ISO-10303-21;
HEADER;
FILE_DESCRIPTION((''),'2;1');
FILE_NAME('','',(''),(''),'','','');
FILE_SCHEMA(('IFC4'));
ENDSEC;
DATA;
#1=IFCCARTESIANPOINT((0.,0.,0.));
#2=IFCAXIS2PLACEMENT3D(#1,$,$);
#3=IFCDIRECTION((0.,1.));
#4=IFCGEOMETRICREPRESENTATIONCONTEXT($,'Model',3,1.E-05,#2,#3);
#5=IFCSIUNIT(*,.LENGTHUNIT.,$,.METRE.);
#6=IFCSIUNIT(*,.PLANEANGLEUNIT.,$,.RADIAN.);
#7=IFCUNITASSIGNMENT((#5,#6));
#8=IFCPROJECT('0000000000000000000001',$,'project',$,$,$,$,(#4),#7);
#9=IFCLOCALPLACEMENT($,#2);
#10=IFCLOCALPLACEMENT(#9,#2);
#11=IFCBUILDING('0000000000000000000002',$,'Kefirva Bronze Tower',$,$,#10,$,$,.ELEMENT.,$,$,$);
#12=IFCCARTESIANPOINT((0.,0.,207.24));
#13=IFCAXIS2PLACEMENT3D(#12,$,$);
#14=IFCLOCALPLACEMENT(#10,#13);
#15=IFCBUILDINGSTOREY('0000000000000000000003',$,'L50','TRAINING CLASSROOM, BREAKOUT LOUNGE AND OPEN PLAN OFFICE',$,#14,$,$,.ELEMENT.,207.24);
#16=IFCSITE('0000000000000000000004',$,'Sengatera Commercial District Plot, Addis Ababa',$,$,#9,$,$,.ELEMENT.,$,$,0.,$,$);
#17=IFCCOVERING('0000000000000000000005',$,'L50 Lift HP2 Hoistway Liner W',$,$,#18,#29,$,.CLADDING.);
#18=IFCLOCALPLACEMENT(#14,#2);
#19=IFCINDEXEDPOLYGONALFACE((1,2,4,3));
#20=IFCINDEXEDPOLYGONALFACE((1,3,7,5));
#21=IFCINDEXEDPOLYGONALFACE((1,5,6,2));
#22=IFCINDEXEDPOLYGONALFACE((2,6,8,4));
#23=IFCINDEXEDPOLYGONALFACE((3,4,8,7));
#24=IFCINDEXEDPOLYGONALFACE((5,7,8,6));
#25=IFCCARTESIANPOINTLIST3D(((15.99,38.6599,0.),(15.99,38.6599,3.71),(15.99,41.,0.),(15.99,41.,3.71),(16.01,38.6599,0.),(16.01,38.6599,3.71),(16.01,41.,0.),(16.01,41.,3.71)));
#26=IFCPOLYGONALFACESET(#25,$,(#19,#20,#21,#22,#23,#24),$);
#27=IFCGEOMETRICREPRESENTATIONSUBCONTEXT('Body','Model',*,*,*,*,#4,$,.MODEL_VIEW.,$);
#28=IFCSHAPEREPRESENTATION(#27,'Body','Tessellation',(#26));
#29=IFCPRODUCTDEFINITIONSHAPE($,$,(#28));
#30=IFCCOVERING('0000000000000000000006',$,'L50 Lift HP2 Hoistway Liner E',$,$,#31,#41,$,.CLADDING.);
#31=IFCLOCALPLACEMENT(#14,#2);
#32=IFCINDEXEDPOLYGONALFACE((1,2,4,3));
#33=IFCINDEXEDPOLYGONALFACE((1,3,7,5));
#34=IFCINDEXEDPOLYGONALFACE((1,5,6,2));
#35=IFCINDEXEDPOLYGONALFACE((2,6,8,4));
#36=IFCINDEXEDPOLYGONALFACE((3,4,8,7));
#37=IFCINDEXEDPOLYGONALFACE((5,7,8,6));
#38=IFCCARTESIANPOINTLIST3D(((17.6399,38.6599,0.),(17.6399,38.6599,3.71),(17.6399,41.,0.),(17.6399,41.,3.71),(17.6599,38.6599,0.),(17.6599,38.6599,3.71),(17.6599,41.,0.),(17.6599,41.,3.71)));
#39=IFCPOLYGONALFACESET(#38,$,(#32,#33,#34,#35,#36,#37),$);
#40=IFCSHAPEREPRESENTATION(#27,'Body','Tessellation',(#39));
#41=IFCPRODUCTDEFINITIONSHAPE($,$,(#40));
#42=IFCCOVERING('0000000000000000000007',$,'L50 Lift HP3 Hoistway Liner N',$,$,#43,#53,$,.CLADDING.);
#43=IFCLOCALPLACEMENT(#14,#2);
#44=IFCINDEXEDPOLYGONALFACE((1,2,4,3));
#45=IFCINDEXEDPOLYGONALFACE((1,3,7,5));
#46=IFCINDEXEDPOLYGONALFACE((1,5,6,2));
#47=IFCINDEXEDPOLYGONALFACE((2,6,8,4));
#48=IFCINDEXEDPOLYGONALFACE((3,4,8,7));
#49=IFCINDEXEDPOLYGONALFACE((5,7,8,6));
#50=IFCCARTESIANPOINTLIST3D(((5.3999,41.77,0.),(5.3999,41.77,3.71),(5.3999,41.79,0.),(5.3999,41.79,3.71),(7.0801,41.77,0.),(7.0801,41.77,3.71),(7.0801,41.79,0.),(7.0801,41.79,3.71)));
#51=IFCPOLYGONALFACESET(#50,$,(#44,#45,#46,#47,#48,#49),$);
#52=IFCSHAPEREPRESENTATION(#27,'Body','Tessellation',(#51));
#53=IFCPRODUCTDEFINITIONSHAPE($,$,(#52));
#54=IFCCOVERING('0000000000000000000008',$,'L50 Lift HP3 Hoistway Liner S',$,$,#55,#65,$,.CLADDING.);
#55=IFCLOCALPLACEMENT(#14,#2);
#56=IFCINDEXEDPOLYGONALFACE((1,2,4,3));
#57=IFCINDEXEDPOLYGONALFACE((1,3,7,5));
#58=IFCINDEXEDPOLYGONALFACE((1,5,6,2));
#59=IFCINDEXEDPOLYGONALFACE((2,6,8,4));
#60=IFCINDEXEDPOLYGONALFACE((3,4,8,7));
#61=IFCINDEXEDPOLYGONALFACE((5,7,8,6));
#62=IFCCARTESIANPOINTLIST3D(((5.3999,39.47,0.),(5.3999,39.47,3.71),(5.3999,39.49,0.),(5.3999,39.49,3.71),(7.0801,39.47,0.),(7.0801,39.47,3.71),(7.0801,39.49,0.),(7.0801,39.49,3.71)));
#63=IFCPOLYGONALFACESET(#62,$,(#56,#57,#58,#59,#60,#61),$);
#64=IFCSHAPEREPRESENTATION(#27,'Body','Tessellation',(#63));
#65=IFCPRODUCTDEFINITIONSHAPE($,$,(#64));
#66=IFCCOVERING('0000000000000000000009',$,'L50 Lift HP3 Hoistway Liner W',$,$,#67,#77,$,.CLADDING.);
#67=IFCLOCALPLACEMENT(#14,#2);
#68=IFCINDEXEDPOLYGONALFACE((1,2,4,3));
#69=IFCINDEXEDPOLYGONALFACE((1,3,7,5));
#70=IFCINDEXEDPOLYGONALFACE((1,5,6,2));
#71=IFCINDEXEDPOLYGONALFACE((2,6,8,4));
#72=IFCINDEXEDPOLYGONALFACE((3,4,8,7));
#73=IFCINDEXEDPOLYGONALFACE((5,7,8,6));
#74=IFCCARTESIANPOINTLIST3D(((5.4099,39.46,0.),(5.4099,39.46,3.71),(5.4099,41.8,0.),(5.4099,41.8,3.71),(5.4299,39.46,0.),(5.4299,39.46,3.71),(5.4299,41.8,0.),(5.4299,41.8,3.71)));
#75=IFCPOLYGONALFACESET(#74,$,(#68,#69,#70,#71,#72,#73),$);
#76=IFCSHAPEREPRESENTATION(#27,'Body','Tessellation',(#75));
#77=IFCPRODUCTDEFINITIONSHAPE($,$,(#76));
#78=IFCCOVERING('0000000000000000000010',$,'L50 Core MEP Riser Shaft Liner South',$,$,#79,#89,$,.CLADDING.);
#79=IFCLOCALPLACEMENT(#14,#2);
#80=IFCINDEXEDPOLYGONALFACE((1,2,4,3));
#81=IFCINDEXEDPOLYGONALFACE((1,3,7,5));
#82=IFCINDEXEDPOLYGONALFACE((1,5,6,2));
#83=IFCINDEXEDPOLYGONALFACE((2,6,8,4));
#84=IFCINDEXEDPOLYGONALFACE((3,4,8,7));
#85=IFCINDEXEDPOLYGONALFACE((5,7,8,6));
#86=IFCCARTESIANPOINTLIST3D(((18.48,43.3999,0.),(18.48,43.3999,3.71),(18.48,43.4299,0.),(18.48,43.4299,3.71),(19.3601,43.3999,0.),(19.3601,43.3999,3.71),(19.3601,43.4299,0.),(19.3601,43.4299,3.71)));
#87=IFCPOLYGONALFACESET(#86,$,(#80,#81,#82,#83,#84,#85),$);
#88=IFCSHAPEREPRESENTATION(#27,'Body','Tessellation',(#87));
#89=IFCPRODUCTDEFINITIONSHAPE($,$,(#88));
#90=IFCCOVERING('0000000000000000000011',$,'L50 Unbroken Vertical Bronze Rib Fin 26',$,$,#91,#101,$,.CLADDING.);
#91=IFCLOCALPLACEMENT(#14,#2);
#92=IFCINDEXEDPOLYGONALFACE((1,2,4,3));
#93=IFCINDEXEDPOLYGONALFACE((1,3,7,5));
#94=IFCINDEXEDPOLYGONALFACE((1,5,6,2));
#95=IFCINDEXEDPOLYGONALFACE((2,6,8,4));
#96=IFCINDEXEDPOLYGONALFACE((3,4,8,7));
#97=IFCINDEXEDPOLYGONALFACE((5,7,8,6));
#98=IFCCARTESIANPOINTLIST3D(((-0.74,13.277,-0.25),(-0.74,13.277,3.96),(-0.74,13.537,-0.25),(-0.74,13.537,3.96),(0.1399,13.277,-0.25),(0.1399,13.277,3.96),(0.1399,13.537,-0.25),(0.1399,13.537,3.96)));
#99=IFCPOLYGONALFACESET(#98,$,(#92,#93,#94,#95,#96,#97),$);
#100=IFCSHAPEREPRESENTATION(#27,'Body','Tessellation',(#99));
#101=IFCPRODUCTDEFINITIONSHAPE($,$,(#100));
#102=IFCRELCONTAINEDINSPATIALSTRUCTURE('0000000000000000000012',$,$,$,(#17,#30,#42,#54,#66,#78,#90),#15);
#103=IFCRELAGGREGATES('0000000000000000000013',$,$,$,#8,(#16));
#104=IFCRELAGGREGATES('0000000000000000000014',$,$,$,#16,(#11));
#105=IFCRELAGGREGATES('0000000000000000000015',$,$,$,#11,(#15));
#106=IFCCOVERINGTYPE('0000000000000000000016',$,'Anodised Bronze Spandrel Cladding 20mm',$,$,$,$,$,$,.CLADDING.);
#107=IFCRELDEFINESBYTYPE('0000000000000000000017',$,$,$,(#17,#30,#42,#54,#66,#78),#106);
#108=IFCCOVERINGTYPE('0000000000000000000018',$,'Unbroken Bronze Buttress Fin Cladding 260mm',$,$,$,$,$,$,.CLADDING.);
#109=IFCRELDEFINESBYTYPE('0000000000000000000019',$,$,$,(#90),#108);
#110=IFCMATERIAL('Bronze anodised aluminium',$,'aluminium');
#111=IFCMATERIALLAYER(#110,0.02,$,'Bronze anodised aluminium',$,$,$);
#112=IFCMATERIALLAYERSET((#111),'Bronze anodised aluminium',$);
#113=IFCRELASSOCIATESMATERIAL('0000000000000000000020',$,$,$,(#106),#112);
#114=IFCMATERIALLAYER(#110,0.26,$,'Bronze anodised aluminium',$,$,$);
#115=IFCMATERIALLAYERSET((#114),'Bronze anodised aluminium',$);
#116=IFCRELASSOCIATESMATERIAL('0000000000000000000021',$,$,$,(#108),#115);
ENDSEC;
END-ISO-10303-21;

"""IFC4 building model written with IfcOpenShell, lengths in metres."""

from ifc_helpers import new_model, si_unit, direction, frame, origin, origin_2d, place, context, subcontext, project, spatial, polyline, rectangle, outline, extrude, material, layer, layer_set, type_object, element, save


model = new_model("IFC4")

# Units and contexts
model_context = context("Model", 3, precision=1e-05, world=origin(), true_north=direction((0.0, 1.0)))
body_context = subcontext(model_context, "Body", "Model", "MODEL_VIEW")
ifc_project = project(units=[si_unit("LENGTHUNIT", "METRE"), si_unit("PLANEANGLEUNIT", "RADIAN")], contexts=[model_context])

# Site, building, storey
site_placement = place(None, origin())
site = spatial("IfcSite", under=ifc_project, at=site_placement, Name="Sengatera Commercial District Plot, Addis Ababa", CompositionType="ELEMENT", RefElevation=0.0)
building_placement = place(site_placement, origin())
building = spatial("IfcBuilding", under=site, at=building_placement, Name="Kefirva Bronze Tower", CompositionType="ELEMENT")
storey_placement = place(building_placement, frame((0.0, 0.0, 207.24)))
storey = spatial("IfcBuildingStorey", under=building, at=storey_placement, Name="L50", Description="TRAINING CLASSROOM, BREAKOUT LOUNGE AND OPEN PLAN OFFICE", CompositionType="ELEMENT", Elevation=207.24)

# Coverings
ifc_material = material(Name="Bronze anodised aluminium", Category="aluminium")
ifc_layer_1 = layer(ifc_material, 0.02, Name="Bronze anodised aluminium")
ifc_layer_set_1 = layer_set([ifc_layer_1], Name="Bronze anodised aluminium")
covering_type_1 = type_object("IfcCoveringType", Name="Anodised Bronze Spandrel Cladding 20mm", PredefinedType="CLADDING", material=ifc_layer_set_1)
covering_1_placement = place(storey_placement, origin())
element("IfcCovering", 1, at=covering_1_placement, inside=storey, type_object=covering_type_1, Name="L50 Lift HP2 Hoistway Liner W", PredefinedType="CLADDING", context=body_context, shape_type="SweptSolid", body=[
    extrude(outline(polyline([(15.99, 38.6599), (16.01, 38.6599), (16.01, 41.0), (15.99, 41.0), (15.99, 38.6599)])), origin(), (0.0, 0.0, 1.0), 3.71),
])
covering_2_placement = place(storey_placement, origin())
element("IfcCovering", 2, at=covering_2_placement, inside=storey, type_object=covering_type_1, Name="L50 Lift HP2 Hoistway Liner E", PredefinedType="CLADDING", context=body_context, shape_type="SweptSolid", body=[
    extrude(outline(polyline([(17.6399, 38.6599), (17.6599, 38.6599), (17.6599, 41.0), (17.6399, 41.0), (17.6399, 38.6599)])), origin(), (0.0, 0.0, 1.0), 3.71),
])
covering_3_placement = place(storey_placement, origin())
element("IfcCovering", 3, at=covering_3_placement, inside=storey, type_object=covering_type_1, Name="L50 Lift HP3 Hoistway Liner N", PredefinedType="CLADDING", context=body_context, shape_type="SweptSolid", body=[
    extrude(outline(polyline([(5.3999, 41.77), (7.0801, 41.77), (7.0801, 41.79), (5.3999, 41.79), (5.3999, 41.77)])), origin(), (0.0, 0.0, 1.0), 3.71),
])
covering_4_placement = place(storey_placement, origin())
element("IfcCovering", 4, at=covering_4_placement, inside=storey, type_object=covering_type_1, Name="L50 Lift HP3 Hoistway Liner S", PredefinedType="CLADDING", context=body_context, shape_type="SweptSolid", body=[
    extrude(outline(polyline([(5.3999, 39.47), (7.0801, 39.47), (7.0801, 39.49), (5.3999, 39.49), (5.3999, 39.47)])), origin(), (0.0, 0.0, 1.0), 3.71),
])
covering_5_placement = place(storey_placement, origin())
element("IfcCovering", 5, at=covering_5_placement, inside=storey, type_object=covering_type_1, Name="L50 Lift HP3 Hoistway Liner W", PredefinedType="CLADDING", context=body_context, shape_type="SweptSolid", body=[
    extrude(outline(polyline([(5.4099, 39.46), (5.4299, 39.46), (5.4299, 41.8), (5.4099, 41.8), (5.4099, 39.46)])), origin(), (0.0, 0.0, 1.0), 3.71),
])
covering_6_placement = place(storey_placement, origin())
element("IfcCovering", 6, at=covering_6_placement, inside=storey, type_object=covering_type_1, Name="L50 Core MEP Riser Shaft Liner South", PredefinedType="CLADDING", context=body_context, shape_type="SweptSolid", body=[
    extrude(outline(polyline([(18.48, 43.3999), (19.3601, 43.3999), (19.3601, 43.4299), (18.48, 43.4299), (18.48, 43.3999)])), origin(), (0.0, 0.0, 1.0), 3.71),
])
ifc_layer_2 = layer(ifc_material, 0.26, Name="Bronze anodised aluminium")
ifc_layer_set_2 = layer_set([ifc_layer_2], Name="Bronze anodised aluminium")
covering_type_2 = type_object("IfcCoveringType", Name="Unbroken Bronze Buttress Fin Cladding 260mm", PredefinedType="CLADDING", material=ifc_layer_set_2)
covering_7_placement = place(storey_placement, frame((-0.3, 13.407, -0.25), z_axis=(0.0, 0.0, 1.0), x_axis=(0.0, -1.0, 0.0)))
element("IfcCovering", 7, at=covering_7_placement, inside=storey, type_object=covering_type_2, Name="L50 Unbroken Vertical Bronze Rib Fin 26", PredefinedType="CLADDING", context=body_context, shape_type="SweptSolid", body=[
    extrude(rectangle(XDim=0.26, YDim=0.8799, at=origin_2d()), origin(), (0.0, 0.0, 1.0), 4.21),
])

save(model, "model.ifc")
